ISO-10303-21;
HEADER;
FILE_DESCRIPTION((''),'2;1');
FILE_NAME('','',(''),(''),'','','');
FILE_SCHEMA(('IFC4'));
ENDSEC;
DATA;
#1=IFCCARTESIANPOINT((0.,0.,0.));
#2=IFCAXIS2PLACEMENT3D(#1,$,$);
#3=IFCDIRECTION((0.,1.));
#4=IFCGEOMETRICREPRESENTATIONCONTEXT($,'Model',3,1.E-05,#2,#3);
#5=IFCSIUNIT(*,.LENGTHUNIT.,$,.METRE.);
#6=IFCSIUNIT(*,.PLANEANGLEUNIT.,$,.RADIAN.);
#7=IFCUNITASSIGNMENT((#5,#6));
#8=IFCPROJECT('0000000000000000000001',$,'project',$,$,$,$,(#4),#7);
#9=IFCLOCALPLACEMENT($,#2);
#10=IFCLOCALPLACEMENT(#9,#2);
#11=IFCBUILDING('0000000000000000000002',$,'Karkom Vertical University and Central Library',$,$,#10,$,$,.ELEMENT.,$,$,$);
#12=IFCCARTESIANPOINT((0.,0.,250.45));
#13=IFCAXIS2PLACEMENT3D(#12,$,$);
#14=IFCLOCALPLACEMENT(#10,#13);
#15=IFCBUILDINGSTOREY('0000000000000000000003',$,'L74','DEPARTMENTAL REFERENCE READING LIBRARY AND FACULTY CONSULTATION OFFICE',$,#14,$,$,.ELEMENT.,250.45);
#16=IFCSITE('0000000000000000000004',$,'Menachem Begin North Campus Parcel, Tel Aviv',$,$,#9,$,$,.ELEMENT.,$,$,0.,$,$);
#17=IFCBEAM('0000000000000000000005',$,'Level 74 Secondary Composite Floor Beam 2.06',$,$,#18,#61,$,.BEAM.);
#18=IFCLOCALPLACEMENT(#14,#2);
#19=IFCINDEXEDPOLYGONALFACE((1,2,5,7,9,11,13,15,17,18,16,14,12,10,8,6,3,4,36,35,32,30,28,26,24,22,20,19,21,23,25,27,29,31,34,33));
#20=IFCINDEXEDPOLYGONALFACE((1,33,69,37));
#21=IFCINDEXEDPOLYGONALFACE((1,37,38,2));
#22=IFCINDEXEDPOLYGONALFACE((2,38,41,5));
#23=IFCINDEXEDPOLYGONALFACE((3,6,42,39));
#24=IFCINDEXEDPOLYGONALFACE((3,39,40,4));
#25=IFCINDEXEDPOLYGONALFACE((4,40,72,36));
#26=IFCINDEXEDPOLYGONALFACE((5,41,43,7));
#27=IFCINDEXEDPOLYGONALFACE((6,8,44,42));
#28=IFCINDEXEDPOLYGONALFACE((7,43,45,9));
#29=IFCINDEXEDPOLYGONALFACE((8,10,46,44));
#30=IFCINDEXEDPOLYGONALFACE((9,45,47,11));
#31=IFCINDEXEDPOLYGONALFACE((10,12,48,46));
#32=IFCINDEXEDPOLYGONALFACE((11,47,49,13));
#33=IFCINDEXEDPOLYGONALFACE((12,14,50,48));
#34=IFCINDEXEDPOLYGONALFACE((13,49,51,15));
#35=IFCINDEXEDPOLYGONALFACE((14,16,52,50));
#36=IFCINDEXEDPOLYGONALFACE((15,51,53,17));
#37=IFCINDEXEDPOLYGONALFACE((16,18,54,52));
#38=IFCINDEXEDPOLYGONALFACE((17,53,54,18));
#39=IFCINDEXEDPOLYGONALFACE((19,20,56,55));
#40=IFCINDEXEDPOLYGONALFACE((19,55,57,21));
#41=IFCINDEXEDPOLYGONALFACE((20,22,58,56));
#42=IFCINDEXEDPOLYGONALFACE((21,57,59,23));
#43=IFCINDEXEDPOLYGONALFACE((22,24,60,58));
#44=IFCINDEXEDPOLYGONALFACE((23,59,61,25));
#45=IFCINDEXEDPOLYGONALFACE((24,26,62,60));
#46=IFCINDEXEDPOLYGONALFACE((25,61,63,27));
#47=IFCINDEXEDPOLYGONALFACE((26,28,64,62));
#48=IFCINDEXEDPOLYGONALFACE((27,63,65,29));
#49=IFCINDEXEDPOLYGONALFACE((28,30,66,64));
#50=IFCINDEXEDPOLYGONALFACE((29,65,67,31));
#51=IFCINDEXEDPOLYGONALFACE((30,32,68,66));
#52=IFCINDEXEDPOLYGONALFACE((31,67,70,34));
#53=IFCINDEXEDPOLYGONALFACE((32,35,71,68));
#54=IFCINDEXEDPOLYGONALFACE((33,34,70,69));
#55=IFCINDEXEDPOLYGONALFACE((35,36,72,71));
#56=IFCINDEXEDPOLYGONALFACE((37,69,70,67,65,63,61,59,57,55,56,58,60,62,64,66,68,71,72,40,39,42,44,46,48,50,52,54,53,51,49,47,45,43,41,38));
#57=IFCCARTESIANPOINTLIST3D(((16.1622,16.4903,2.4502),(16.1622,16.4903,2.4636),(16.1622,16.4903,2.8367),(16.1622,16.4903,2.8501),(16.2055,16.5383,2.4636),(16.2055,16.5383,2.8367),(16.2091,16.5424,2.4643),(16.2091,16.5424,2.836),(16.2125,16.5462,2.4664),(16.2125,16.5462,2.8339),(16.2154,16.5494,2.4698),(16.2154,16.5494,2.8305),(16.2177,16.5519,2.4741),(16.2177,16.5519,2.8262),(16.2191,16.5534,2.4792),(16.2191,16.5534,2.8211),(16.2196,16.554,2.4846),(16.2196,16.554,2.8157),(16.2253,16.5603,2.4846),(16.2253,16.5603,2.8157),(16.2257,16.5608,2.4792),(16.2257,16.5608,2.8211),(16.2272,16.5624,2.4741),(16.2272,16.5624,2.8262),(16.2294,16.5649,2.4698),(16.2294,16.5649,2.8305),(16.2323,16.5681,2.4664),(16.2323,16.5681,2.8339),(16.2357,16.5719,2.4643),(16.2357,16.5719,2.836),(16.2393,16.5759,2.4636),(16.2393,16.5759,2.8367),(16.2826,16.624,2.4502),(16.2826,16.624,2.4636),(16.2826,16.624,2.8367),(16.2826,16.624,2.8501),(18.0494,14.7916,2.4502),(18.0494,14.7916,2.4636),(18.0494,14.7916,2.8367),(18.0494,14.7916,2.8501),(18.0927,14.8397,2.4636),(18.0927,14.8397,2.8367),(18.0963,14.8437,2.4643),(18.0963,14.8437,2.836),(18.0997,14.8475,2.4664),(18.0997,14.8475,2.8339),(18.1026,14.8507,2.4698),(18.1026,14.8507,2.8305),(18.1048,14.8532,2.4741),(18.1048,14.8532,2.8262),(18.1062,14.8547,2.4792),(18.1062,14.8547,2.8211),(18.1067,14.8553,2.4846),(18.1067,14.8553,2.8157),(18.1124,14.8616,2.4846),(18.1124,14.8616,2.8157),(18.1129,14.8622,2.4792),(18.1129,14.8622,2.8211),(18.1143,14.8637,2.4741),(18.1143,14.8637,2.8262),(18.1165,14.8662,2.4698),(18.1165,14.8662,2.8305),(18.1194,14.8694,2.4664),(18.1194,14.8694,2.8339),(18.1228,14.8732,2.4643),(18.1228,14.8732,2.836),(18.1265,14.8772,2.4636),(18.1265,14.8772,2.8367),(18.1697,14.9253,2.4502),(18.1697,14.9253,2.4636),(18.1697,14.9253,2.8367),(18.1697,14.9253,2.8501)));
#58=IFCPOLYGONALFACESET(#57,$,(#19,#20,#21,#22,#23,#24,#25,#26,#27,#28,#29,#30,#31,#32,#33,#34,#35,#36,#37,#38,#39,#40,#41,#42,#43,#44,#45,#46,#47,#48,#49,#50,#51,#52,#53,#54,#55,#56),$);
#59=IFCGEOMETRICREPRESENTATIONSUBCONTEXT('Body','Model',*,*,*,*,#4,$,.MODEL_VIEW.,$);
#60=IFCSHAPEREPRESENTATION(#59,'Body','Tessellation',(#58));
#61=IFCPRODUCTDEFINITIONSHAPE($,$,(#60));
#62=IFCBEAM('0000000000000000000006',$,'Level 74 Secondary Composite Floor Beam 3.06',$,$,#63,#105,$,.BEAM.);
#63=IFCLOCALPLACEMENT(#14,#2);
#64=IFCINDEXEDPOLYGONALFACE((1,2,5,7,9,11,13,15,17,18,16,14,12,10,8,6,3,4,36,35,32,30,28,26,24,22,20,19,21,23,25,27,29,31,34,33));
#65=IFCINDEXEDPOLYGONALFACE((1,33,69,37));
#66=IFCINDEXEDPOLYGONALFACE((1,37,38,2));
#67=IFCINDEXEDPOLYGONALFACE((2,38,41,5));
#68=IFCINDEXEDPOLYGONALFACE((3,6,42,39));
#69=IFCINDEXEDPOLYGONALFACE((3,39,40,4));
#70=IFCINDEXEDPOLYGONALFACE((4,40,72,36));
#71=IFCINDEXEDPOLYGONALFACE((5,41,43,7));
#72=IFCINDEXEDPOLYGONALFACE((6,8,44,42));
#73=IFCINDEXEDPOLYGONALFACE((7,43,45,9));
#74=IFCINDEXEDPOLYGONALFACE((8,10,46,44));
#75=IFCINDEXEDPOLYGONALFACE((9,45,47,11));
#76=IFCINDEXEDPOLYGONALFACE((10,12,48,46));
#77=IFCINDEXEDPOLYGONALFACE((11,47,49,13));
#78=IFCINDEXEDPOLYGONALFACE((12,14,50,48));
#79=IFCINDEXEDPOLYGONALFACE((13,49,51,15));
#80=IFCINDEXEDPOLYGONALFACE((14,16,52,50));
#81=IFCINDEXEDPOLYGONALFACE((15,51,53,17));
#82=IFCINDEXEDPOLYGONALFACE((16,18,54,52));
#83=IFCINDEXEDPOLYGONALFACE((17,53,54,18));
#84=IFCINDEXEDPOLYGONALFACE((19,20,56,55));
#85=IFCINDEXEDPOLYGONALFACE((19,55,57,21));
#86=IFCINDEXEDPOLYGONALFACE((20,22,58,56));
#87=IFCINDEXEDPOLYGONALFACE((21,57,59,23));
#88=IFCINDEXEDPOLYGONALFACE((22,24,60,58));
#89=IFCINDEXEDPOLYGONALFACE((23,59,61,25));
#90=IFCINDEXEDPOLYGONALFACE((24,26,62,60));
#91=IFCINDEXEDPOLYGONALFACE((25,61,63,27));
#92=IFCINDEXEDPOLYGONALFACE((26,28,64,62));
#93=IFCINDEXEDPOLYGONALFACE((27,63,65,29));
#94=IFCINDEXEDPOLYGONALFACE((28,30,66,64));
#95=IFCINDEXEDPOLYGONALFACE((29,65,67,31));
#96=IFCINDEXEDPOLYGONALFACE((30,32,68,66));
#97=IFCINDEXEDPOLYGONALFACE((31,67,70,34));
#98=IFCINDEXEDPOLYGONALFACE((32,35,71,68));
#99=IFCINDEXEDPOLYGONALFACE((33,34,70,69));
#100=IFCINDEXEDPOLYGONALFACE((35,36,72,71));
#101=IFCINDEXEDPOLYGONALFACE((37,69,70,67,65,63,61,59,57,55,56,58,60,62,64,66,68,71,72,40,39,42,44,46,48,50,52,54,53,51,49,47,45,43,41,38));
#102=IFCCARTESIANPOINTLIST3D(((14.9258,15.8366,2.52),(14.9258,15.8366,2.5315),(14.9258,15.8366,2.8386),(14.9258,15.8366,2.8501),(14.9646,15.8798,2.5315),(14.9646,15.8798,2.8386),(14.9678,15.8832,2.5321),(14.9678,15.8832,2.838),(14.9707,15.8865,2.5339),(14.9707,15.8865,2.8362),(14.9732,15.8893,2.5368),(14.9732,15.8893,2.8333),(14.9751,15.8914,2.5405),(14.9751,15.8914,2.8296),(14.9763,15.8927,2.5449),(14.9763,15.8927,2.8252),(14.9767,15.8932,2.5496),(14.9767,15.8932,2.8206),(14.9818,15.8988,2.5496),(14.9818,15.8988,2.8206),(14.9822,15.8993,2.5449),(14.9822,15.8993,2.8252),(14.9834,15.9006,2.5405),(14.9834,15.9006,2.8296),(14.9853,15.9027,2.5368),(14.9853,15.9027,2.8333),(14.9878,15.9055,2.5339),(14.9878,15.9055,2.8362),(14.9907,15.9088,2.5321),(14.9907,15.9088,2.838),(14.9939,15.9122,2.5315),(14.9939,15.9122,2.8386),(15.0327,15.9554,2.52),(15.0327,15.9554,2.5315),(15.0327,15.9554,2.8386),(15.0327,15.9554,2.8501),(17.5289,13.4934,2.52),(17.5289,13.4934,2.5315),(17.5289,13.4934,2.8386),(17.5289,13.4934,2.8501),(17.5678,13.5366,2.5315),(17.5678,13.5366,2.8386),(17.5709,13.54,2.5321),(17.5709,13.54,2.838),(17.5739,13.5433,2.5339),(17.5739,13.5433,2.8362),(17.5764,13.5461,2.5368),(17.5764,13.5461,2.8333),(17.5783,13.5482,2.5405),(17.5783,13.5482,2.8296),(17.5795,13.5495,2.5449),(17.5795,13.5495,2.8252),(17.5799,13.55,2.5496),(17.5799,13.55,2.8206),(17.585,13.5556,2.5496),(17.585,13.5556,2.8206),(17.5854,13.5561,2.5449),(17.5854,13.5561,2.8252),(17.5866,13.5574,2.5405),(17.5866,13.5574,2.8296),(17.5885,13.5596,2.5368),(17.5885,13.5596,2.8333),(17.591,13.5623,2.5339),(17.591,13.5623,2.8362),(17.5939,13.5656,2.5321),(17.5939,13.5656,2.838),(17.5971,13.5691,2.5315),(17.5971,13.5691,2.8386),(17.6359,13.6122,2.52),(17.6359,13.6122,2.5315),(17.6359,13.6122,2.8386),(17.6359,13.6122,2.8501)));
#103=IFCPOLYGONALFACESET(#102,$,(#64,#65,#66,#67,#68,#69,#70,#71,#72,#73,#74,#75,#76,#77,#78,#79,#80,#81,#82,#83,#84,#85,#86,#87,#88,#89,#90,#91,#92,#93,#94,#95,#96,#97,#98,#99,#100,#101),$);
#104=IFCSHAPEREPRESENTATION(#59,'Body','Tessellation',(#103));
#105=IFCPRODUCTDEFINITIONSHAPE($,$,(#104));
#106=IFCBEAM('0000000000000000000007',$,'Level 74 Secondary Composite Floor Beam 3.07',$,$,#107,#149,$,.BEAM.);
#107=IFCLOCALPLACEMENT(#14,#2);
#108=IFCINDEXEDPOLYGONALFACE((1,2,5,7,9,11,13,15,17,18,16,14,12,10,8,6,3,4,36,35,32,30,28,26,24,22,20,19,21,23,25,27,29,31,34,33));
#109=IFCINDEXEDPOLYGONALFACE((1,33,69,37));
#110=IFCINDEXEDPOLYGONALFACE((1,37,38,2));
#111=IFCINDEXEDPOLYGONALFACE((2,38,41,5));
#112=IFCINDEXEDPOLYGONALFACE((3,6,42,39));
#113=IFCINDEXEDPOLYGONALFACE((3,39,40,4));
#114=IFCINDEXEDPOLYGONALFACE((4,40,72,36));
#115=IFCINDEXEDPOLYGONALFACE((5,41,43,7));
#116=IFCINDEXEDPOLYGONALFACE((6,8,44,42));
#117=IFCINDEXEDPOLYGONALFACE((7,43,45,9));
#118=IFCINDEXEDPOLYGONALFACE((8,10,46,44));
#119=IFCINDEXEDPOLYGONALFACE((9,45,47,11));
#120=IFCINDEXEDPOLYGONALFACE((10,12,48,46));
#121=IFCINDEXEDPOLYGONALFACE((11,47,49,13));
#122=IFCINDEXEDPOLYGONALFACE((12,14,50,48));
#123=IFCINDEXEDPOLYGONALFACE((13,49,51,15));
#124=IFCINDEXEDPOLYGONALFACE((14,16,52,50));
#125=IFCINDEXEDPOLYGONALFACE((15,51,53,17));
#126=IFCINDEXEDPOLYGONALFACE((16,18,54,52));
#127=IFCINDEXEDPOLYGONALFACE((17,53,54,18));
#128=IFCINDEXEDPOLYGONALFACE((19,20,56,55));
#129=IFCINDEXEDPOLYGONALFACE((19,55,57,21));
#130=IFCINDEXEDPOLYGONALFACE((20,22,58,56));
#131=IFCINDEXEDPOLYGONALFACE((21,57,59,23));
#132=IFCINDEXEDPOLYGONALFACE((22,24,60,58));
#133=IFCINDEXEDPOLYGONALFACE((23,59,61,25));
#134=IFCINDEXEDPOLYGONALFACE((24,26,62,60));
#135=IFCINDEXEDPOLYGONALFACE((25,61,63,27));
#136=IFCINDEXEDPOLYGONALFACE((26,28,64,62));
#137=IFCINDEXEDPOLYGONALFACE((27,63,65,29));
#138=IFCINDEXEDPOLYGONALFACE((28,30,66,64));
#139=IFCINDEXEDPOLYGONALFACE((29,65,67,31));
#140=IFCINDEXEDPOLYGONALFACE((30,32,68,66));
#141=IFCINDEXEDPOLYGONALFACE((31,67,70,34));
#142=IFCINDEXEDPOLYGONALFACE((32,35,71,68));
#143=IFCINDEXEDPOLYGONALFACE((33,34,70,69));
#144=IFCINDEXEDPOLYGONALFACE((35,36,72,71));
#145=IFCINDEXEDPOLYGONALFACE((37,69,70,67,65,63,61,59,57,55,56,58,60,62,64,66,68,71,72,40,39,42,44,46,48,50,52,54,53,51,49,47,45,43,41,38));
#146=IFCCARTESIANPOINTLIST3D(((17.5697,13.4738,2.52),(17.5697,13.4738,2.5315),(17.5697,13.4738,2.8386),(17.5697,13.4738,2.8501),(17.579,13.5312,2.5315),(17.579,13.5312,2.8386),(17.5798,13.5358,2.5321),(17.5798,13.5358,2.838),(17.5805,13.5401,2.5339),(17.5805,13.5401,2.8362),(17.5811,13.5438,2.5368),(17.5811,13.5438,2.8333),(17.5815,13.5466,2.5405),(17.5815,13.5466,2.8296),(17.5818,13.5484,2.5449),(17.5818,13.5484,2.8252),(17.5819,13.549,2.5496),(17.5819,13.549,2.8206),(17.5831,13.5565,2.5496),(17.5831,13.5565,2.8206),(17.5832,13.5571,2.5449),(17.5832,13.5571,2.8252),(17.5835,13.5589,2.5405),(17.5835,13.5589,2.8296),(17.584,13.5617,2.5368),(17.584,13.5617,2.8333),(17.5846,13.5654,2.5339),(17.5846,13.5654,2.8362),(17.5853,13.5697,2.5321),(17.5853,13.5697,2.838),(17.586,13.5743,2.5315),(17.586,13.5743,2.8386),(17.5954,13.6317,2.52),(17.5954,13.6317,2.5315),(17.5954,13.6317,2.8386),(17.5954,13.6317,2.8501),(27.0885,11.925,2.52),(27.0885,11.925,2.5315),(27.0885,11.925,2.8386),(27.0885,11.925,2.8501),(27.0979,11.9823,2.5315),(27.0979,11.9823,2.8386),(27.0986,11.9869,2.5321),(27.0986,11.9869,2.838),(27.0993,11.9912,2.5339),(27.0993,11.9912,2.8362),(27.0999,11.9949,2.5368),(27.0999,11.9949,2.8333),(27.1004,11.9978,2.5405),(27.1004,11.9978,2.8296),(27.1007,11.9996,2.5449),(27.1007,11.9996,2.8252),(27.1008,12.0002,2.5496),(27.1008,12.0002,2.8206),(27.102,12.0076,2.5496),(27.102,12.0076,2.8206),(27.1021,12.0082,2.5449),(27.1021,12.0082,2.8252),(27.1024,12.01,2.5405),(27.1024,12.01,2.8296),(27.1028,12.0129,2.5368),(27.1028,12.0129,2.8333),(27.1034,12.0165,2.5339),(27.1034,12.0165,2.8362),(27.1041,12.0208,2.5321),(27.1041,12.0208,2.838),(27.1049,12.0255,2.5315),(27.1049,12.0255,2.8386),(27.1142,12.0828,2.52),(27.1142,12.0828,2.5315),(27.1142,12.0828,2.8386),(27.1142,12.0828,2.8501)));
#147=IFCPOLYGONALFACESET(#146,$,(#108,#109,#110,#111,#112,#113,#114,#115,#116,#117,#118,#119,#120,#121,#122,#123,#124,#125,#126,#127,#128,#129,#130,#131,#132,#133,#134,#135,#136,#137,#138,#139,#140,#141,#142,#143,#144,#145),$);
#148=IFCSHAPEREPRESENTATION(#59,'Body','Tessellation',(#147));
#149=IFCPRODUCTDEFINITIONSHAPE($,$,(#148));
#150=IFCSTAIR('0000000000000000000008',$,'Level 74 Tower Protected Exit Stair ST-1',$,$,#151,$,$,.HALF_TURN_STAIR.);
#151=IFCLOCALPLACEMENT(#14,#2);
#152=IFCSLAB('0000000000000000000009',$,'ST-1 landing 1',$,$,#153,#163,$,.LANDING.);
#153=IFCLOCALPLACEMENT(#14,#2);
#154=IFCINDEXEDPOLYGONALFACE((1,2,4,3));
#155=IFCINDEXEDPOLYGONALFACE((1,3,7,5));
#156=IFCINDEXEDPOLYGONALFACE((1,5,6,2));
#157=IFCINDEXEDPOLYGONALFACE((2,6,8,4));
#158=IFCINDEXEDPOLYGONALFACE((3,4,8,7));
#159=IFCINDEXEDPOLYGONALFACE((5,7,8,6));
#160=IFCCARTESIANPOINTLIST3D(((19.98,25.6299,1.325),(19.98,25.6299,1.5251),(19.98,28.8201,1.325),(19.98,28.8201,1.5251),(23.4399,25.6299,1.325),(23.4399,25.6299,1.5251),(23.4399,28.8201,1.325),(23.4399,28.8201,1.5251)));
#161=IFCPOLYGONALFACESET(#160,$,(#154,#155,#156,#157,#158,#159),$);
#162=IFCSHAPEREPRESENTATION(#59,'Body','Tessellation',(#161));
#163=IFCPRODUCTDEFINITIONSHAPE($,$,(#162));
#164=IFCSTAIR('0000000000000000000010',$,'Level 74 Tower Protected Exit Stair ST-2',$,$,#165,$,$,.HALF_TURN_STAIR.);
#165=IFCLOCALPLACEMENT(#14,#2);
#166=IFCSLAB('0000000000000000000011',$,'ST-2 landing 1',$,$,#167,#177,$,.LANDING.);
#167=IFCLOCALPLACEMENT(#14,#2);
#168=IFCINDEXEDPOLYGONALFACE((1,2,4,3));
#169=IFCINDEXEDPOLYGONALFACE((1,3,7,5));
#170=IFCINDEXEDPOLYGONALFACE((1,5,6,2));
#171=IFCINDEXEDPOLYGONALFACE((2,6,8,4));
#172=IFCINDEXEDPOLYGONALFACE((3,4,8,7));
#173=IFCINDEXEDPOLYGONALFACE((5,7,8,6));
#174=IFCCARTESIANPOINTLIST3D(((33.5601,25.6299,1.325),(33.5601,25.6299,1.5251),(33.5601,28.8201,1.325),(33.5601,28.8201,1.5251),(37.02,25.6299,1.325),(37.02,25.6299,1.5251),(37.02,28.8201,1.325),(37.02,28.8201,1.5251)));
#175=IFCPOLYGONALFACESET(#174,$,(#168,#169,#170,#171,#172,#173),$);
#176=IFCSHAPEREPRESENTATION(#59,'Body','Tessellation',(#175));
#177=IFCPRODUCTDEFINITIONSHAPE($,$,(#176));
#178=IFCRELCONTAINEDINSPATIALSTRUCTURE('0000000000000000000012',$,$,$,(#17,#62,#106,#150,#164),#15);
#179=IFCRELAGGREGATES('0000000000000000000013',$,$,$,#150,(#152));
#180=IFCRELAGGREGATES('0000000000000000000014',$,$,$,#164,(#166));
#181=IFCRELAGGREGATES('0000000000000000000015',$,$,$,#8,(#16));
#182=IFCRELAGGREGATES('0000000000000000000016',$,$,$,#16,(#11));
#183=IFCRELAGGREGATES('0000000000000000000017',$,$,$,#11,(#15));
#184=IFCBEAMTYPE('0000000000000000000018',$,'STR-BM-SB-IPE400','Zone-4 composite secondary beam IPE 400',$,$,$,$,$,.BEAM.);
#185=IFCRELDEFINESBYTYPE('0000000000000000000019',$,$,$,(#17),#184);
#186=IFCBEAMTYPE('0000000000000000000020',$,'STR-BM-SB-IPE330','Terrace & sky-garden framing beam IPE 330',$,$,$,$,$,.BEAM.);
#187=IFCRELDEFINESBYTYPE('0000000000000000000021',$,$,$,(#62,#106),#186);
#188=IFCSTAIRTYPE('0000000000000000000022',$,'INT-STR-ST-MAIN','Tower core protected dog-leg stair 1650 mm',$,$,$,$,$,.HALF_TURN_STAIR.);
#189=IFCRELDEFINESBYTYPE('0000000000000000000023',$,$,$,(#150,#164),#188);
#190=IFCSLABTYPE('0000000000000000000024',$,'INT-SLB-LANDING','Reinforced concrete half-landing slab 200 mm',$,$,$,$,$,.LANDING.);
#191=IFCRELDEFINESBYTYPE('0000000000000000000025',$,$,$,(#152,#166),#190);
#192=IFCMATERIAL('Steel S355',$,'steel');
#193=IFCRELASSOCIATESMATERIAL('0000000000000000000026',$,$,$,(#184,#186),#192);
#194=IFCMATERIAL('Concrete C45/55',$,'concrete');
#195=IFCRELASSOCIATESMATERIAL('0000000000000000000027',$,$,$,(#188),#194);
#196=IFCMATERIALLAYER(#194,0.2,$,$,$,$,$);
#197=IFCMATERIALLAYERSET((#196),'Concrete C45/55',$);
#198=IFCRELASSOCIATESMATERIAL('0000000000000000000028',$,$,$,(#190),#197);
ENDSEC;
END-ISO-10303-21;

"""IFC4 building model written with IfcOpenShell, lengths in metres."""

from ifc_helpers import new_model, si_unit, direction, frame, origin, origin_with_axes, origin_2d, place, context, subcontext, project, spatial, polyline, i_section, outline, extrude, source, transform, mapped, material, layer, layer_set, material_profile, profile_set, type_object, element, aggregate, save


model = new_model("IFC4")

# Units and contexts
model_context = context("Model", 3, precision=1e-05, world=origin(), true_north=direction((0.0, 1.0)))
body_context = subcontext(model_context, "Body", "Model", "MODEL_VIEW")
ifc_project = project(units=[si_unit("LENGTHUNIT", "METRE"), si_unit("PLANEANGLEUNIT", "RADIAN")], contexts=[model_context])

# Site, building, storey
site_placement = place(None, origin())
site = spatial("IfcSite", under=ifc_project, at=site_placement, Name="Menachem Begin North Campus Parcel, Tel Aviv", CompositionType="ELEMENT", RefElevation=0.0)
building_placement = place(site_placement, origin())
building = spatial("IfcBuilding", under=site, at=building_placement, Name="Karkom Vertical University and Central Library", CompositionType="ELEMENT")
storey_placement = place(building_placement, frame((0.0, 0.0, 250.45)))
storey = spatial("IfcBuildingStorey", under=building, at=storey_placement, Name="L74", Description="DEPARTMENTAL REFERENCE READING LIBRARY AND FACULTY CONSULTATION OFFICE", CompositionType="ELEMENT", Elevation=250.45)

# Shared definitions
ifc_material_1 = material(Name="Concrete C45/55", Category="concrete")

# Beams
ifc_material_2 = material(Name="Steel S355", Category="steel")
ifc_material_profile_1 = material_profile(ifc_material_2, i_section(OverallWidth=0.1799, OverallDepth=0.3999, WebThickness=0.0085, FlangeThickness=0.0134, FilletRadius=0.021, at=origin_2d()), Name="IPE 400")
ifc_profile_set_1 = profile_set([ifc_material_profile_1], Name="Steel S355")
beam_type_1 = type_object("IfcBeamType", Name="STR-BM-SB-IPE400", Description="Zone-4 composite secondary beam IPE 400", PredefinedType="BEAM", material=ifc_profile_set_1)
shared_shape_1 = source(origin_with_axes(), body_context, "Body", "SweptSolid", [
    extrude(i_section(OverallWidth=0.1799, OverallDepth=0.3999, WebThickness=0.0085, FlangeThickness=0.0134, FilletRadius=0.021, at=origin_2d()), origin(), (0.0, 0.0, 1.0), 2.5391),
])
beam_1_placement = place(storey_placement, frame((16.2224, 16.5571, 2.6501), z_axis=(0.743246, -0.669018, 0.0), x_axis=(0.669018, 0.743246, 0.0)))
element("IfcBeam", 1, at=beam_1_placement, inside=storey, type_object=beam_type_1, Name="Level 74 Secondary Composite Floor Beam 2.06", PredefinedType="BEAM", context=body_context, shape_type="MappedRepresentation", body=[
    mapped(shared_shape_1, transform((0.0, 0.0, 0.0), scale=1.0)),
])
ifc_material_profile_2 = material_profile(ifc_material_2, i_section(OverallWidth=0.1599, OverallDepth=0.3301, WebThickness=0.0076, FlangeThickness=0.0115, FilletRadius=0.0181, at=origin_2d()), Name="IPE 330")
ifc_profile_set_2 = profile_set([ifc_material_profile_2], Name="Steel S355")
beam_type_2 = type_object("IfcBeamType", Name="STR-BM-SB-IPE330", Description="Terrace & sky-garden framing beam IPE 330", PredefinedType="BEAM", material=ifc_profile_set_2)
shared_shape_2 = source(origin_with_axes(), body_context, "Body", "SweptSolid", [
    extrude(i_section(OverallWidth=0.1599, OverallDepth=0.3301, WebThickness=0.0076, FlangeThickness=0.0115, FilletRadius=0.0181, at=origin_2d()), origin(), (0.0, 0.0, 1.0), 3.5024),
])
beam_2_placement = place(storey_placement, frame((14.9792, 15.896, 2.6851), z_axis=(0.743249, -0.669015, 0.0), x_axis=(0.669015, 0.743249, 0.0)))
element("IfcBeam", 2, at=beam_2_placement, inside=storey, type_object=beam_type_2, Name="Level 74 Secondary Composite Floor Beam 3.06", PredefinedType="BEAM", context=body_context, shape_type="MappedRepresentation", body=[
    mapped(shared_shape_2, transform((0.0, 0.0, 0.0), scale=1.0)),
])
shared_shape_3 = source(origin_with_axes(), body_context, "Body", "SweptSolid", [
    extrude(i_section(OverallWidth=0.1599, OverallDepth=0.3301, WebThickness=0.0076, FlangeThickness=0.0115, FilletRadius=0.0181, at=origin_2d()), origin(), (0.0, 0.0, 1.0), 9.644),
])
beam_3_placement = place(storey_placement, frame((17.5825, 13.5527, 2.6851), z_axis=(0.987019, -0.1606, 0.0), x_axis=(0.1606, 0.987019, 0.0)))
element("IfcBeam", 3, at=beam_3_placement, inside=storey, type_object=beam_type_2, Name="Level 74 Secondary Composite Floor Beam 3.07", PredefinedType="BEAM", context=body_context, shape_type="MappedRepresentation", body=[
    mapped(shared_shape_3, transform((0.0, 0.0, 0.0), scale=1.0)),
])

# Stairs, slabs
stair_type = type_object("IfcStairType", Name="INT-STR-ST-MAIN", Description="Tower core protected dog-leg stair 1650 mm", PredefinedType="HALF_TURN_STAIR", material=ifc_material_1)
stair_1_placement = place(storey_placement, origin())
stair_1 = element("IfcStair", 4, at=stair_1_placement, inside=storey, type_object=stair_type, Name="Level 74 Tower Protected Exit Stair ST-1", PredefinedType="HALF_TURN_STAIR")
ifc_layer_1 = layer(ifc_material_1, 0.2)
ifc_layer_set_1 = layer_set([ifc_layer_1], Name="Concrete C45/55")
slab_type_1 = type_object("IfcSlabType", Name="INT-SLB-LANDING", Description="Reinforced concrete half-landing slab 200 mm", PredefinedType="LANDING", material=ifc_layer_set_1)
slab_1_placement = place(storey_placement, frame((0.0, 0.0, 1.325)))
slab_1 = element("IfcSlab", 5, at=slab_1_placement, type_object=slab_type_1, Name="ST-1 landing 1", PredefinedType="LANDING", context=body_context, shape_type="SweptSolid", body=[
    extrude(outline(polyline([(23.4399, 25.6299), (23.4399, 28.8201), (19.98, 28.8201), (19.98, 25.6299), (23.4399, 25.6299)])), origin(), (0.0, 0.0, 1.0), 0.2002),
])
aggregate(stair_1, [slab_1])
stair_2_placement = place(storey_placement, origin())
stair_2 = element("IfcStair", 6, at=stair_2_placement, inside=storey, type_object=stair_type, Name="Level 74 Tower Protected Exit Stair ST-2", PredefinedType="HALF_TURN_STAIR")
slab_2_placement = place(storey_placement, frame((0.0, 0.0, 1.325)))
slab_2 = element("IfcSlab", 7, at=slab_2_placement, type_object=slab_type_1, Name="ST-2 landing 1", PredefinedType="LANDING", context=body_context, shape_type="SweptSolid", body=[
    extrude(outline(polyline([(37.02, 25.6299), (37.02, 28.8201), (33.5601, 28.8201), (33.5601, 25.6299), (37.02, 25.6299)])), origin(), (0.0, 0.0, 1.0), 0.2002),
])
aggregate(stair_2, [slab_2])

save(model, "model.ifc")
